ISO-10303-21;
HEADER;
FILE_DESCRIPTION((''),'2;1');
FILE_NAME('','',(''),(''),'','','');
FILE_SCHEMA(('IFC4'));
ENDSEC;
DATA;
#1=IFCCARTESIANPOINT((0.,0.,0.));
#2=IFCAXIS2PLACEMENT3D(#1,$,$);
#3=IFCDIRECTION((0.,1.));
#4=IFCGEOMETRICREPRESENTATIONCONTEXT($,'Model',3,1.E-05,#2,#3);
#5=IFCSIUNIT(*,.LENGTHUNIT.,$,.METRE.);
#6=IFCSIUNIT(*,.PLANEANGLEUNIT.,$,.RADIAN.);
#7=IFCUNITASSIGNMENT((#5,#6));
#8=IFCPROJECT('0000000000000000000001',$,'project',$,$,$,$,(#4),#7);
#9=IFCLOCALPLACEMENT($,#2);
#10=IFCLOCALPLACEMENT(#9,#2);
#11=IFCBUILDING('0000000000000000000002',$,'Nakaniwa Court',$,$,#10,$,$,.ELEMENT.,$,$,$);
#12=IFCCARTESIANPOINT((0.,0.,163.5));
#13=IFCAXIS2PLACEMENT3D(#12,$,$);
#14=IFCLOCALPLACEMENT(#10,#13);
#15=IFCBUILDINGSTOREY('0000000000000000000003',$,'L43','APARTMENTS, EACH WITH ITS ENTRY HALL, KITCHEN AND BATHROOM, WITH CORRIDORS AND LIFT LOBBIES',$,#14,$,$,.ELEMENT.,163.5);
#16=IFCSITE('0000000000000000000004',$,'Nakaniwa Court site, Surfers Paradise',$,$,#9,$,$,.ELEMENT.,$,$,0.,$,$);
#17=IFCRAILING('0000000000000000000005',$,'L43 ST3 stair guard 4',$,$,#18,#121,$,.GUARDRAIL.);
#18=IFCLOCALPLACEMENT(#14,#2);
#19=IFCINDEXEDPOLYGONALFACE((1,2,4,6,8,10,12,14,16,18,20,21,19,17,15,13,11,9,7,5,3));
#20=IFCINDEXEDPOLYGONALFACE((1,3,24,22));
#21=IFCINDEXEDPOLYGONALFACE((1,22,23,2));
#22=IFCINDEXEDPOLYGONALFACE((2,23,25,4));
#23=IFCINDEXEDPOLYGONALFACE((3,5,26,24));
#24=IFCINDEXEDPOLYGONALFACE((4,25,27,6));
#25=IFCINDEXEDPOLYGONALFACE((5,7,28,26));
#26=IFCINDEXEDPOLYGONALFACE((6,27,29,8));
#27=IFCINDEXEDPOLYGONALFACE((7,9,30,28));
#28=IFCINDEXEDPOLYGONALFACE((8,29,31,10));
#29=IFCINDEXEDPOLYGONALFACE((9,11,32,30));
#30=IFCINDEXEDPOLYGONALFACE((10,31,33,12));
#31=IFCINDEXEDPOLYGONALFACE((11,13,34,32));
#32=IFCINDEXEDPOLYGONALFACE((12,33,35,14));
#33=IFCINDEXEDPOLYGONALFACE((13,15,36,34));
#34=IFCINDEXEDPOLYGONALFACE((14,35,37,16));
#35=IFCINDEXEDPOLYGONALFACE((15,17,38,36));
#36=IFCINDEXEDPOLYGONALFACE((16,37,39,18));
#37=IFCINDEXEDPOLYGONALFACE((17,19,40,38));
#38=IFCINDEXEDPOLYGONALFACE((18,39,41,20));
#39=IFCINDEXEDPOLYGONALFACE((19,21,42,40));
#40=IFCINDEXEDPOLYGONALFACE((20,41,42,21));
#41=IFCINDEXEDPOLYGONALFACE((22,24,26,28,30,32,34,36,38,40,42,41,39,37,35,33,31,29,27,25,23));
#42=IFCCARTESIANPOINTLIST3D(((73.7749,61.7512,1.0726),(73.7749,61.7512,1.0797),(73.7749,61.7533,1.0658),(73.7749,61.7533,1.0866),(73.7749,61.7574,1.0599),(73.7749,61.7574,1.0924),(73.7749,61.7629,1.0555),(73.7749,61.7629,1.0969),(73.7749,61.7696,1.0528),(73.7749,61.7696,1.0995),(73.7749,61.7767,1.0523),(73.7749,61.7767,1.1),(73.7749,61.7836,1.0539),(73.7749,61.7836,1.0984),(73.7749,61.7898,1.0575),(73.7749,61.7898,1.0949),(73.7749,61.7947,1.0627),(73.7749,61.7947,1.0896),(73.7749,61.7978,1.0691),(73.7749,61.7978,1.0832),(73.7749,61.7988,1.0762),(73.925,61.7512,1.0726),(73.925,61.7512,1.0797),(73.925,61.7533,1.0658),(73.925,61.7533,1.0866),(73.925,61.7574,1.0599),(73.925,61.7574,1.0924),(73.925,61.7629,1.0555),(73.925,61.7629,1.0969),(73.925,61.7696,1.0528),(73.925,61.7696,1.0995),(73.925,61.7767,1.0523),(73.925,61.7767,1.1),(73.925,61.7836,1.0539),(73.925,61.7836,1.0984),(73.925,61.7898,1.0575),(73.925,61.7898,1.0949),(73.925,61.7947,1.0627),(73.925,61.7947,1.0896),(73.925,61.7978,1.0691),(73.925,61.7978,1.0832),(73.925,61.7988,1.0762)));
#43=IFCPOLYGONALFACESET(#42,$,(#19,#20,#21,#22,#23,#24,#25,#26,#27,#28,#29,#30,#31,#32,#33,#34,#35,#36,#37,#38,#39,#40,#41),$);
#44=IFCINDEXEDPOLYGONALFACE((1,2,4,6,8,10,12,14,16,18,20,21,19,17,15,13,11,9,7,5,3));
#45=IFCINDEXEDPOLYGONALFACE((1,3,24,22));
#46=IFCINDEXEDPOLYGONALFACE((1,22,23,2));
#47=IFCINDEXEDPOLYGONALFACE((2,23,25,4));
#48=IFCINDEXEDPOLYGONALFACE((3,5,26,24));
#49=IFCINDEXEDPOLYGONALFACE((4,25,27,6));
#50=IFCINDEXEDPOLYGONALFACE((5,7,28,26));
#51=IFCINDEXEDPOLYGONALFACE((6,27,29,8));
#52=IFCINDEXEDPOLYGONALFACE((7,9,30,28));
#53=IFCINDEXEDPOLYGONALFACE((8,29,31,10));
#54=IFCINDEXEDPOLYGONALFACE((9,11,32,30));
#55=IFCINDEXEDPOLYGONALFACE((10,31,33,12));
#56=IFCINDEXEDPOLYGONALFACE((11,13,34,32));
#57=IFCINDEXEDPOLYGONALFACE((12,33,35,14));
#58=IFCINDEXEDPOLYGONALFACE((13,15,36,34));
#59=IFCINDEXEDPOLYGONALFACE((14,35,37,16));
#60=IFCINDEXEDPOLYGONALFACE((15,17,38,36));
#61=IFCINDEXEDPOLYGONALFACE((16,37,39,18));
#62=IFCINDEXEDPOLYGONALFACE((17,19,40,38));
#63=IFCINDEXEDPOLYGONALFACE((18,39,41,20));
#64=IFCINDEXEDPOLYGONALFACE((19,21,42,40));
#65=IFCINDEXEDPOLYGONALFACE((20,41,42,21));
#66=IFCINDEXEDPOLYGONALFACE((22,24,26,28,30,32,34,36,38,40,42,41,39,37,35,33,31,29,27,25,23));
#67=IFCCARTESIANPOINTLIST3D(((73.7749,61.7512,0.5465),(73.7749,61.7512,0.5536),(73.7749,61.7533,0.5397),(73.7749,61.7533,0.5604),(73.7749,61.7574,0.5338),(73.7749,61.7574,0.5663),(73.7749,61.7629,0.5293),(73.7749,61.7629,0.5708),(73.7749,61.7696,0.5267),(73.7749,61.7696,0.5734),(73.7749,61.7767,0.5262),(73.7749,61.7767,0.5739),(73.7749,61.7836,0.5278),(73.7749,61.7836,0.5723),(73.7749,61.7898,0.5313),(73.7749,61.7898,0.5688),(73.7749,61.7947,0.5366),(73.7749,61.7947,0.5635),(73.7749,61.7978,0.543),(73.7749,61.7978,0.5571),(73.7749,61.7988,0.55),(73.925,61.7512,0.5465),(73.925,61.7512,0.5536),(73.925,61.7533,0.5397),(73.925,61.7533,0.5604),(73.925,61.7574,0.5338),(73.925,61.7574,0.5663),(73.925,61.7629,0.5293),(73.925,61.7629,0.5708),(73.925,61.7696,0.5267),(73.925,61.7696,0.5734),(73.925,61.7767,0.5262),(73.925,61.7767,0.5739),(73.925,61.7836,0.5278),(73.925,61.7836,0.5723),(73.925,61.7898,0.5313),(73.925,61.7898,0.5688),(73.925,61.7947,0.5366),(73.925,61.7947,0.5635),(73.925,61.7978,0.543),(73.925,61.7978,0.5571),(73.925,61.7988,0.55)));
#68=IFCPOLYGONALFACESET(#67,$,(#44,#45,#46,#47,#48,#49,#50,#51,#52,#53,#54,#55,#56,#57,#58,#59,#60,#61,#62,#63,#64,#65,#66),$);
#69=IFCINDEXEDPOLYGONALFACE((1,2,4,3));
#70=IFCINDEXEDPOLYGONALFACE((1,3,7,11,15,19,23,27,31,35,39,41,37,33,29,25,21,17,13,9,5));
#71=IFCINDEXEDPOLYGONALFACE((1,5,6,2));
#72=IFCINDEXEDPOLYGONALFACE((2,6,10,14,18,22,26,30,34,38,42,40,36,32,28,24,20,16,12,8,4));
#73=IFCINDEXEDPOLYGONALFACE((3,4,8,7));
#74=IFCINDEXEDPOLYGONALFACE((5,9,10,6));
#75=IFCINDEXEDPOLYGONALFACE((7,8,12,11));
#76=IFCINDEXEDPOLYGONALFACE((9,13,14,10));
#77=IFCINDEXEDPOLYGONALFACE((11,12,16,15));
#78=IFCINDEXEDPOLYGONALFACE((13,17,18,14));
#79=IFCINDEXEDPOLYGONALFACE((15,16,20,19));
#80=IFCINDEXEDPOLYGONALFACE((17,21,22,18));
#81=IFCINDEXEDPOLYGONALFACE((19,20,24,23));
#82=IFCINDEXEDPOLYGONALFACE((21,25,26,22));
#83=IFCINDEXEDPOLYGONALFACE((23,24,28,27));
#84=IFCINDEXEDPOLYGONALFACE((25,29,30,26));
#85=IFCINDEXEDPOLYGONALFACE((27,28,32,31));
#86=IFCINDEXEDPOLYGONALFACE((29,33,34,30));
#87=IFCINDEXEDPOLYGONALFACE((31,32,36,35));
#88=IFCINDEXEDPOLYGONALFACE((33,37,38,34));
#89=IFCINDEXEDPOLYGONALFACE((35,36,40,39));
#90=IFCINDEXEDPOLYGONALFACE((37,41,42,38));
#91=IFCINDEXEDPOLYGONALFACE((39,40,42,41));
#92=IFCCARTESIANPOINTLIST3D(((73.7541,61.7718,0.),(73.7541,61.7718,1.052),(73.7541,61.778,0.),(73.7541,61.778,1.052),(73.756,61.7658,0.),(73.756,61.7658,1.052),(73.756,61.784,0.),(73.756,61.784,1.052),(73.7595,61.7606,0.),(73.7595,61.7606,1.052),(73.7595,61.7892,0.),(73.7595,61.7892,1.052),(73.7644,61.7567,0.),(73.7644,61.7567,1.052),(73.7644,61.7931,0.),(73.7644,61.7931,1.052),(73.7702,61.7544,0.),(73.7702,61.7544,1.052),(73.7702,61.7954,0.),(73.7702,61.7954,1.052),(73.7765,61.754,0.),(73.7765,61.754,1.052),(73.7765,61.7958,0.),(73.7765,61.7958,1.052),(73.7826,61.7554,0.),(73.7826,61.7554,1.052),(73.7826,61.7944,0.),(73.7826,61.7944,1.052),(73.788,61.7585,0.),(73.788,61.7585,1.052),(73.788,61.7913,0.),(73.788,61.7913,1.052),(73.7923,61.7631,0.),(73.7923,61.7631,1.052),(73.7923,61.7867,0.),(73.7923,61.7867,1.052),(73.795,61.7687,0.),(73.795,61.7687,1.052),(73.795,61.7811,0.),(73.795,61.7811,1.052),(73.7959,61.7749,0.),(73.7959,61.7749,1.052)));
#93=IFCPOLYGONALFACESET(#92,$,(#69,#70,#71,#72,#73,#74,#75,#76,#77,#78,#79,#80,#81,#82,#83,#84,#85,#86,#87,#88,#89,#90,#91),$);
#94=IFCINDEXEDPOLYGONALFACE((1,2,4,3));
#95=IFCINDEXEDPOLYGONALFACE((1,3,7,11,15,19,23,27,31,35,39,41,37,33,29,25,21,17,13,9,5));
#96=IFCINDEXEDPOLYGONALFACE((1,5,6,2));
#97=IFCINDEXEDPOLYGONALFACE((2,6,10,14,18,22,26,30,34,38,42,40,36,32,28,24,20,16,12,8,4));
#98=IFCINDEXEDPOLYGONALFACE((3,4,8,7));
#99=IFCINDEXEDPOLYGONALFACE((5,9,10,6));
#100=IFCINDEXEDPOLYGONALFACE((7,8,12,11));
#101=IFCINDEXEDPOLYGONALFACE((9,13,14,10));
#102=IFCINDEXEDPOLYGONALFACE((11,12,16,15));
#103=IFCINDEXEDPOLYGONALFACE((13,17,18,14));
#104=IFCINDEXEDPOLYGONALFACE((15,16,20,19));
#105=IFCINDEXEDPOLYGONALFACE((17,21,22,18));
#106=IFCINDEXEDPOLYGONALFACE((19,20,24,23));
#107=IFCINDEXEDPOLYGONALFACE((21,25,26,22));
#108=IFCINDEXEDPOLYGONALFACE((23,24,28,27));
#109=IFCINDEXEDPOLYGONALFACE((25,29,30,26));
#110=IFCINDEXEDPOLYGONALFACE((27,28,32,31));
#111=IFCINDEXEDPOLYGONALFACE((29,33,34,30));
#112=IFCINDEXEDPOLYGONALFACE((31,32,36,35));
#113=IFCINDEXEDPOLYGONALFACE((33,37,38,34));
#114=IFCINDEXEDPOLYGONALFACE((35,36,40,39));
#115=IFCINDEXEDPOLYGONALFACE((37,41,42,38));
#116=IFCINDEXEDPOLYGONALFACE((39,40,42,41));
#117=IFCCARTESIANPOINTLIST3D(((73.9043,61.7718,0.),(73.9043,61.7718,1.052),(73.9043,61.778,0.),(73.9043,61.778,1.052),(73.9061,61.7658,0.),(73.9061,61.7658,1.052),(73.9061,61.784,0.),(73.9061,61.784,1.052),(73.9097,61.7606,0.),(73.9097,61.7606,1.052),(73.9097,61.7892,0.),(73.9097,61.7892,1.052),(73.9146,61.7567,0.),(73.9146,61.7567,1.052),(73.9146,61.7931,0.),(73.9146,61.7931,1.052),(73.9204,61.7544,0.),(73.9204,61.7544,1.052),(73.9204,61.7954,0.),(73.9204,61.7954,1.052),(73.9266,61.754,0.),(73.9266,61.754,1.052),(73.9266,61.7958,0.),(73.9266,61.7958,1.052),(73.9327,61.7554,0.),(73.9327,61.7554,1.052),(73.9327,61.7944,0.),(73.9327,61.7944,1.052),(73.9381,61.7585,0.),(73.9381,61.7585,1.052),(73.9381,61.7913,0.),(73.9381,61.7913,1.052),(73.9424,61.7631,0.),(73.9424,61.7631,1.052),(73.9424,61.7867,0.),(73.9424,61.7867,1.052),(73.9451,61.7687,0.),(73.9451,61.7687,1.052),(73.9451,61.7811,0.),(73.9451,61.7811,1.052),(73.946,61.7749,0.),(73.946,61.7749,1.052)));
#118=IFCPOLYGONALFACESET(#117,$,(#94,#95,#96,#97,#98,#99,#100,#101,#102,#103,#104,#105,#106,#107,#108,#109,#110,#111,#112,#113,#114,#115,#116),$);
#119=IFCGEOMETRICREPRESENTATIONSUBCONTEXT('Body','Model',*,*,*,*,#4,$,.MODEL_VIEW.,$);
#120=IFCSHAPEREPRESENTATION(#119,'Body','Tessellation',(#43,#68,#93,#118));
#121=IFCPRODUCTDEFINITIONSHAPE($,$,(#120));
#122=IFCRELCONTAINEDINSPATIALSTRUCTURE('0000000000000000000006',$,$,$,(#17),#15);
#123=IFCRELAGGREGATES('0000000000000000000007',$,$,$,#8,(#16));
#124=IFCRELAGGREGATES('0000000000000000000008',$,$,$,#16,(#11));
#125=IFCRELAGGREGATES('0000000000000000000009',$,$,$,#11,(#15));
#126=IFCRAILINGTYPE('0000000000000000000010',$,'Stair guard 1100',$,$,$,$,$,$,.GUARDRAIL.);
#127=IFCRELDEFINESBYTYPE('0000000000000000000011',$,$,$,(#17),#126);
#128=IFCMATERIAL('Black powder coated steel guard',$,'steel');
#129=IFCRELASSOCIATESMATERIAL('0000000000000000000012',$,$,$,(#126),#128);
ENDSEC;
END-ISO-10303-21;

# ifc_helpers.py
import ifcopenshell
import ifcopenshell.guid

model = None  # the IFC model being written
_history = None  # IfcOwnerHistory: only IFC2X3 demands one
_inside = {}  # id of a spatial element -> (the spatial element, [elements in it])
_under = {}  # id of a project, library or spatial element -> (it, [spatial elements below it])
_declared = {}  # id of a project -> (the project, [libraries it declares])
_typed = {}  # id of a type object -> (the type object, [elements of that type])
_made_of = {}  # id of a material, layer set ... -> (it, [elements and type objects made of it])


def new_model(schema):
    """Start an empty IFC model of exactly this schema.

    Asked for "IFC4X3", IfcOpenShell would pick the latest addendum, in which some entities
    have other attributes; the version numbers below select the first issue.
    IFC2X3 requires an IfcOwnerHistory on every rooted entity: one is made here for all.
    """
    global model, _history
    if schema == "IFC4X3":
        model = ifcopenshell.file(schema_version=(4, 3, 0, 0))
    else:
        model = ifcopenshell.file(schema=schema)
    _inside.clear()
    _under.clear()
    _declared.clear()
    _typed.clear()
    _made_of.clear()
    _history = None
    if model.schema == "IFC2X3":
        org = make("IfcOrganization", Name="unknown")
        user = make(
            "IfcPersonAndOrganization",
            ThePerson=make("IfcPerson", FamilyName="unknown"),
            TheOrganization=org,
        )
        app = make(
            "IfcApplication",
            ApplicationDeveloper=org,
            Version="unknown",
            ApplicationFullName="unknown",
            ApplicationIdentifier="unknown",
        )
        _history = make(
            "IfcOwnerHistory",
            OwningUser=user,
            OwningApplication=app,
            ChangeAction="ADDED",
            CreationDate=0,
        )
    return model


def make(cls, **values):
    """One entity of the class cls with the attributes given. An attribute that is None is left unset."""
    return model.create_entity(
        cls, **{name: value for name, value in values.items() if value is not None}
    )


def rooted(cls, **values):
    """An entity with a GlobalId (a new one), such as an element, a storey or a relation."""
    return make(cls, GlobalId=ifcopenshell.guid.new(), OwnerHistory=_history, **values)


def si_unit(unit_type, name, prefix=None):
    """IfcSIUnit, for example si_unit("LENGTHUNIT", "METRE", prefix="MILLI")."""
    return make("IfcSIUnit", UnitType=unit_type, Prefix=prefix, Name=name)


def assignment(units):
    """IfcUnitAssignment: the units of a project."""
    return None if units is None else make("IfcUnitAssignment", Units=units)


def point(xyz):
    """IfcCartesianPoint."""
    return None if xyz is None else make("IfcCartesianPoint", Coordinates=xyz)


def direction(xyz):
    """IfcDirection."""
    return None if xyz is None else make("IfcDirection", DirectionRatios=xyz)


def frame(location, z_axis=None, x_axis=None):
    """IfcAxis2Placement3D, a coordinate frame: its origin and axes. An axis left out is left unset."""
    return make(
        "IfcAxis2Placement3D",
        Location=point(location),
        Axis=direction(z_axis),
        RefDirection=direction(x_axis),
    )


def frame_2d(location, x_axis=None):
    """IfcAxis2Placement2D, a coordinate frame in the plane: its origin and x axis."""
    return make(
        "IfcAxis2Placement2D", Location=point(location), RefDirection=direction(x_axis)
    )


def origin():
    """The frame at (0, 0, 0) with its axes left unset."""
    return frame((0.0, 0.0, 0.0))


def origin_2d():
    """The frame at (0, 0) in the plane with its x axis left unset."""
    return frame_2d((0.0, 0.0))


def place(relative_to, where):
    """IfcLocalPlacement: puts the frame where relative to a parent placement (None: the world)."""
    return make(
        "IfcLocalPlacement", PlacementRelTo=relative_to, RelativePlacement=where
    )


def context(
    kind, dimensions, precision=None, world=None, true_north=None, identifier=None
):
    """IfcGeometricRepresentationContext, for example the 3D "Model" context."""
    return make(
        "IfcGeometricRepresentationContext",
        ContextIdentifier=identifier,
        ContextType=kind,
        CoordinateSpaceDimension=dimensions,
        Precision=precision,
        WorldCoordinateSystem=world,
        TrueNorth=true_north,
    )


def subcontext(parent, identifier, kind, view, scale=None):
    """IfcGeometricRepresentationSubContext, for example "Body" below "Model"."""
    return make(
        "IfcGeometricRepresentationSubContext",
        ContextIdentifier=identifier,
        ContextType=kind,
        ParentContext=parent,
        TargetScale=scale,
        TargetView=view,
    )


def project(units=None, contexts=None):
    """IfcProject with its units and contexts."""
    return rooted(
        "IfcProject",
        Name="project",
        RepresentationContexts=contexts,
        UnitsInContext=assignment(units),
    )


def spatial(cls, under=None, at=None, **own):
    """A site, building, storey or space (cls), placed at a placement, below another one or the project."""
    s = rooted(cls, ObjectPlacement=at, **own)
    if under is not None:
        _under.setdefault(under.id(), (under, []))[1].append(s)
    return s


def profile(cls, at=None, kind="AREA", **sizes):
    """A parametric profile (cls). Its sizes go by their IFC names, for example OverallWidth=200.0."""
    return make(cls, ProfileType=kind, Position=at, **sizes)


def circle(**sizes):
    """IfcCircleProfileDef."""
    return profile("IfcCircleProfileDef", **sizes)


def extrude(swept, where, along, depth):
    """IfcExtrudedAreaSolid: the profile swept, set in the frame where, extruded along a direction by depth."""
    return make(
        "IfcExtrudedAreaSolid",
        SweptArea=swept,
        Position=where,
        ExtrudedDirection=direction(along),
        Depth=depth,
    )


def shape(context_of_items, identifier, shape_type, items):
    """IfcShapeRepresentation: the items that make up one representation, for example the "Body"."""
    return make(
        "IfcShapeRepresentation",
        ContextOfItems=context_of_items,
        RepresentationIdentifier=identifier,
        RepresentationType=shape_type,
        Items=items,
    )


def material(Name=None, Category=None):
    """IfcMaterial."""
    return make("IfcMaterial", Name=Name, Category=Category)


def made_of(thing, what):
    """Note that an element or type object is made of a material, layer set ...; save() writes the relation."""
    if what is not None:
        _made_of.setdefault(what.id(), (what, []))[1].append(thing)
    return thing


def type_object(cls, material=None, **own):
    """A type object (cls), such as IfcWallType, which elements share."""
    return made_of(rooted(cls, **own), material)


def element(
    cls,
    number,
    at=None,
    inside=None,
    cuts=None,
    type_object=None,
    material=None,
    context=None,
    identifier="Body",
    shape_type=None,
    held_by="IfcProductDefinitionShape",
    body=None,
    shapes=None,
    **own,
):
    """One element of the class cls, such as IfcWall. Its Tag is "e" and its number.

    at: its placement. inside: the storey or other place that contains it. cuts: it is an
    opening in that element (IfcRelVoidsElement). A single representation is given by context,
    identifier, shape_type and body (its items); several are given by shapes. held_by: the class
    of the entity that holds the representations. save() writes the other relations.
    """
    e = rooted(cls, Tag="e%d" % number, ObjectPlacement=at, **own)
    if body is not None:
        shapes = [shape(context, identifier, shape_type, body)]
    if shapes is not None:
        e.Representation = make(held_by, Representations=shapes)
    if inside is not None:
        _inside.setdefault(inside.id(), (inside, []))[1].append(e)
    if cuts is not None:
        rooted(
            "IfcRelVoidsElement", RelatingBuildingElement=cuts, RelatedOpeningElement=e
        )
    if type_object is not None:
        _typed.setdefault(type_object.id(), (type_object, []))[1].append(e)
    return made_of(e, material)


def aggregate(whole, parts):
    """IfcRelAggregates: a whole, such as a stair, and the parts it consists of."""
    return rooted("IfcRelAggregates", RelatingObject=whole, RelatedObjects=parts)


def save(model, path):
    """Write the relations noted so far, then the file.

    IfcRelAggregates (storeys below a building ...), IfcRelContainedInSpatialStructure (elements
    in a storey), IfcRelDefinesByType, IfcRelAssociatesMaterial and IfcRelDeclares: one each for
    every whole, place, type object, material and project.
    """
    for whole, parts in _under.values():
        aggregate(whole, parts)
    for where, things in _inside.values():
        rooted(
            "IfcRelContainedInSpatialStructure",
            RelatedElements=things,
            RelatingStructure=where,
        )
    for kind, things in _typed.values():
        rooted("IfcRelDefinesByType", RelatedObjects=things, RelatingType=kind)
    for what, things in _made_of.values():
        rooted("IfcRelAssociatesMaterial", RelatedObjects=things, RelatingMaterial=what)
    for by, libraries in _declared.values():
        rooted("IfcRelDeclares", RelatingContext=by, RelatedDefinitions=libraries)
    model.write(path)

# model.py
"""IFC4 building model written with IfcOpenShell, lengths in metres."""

from ifc_helpers import new_model, si_unit, direction, frame, origin, origin_2d, place, context, subcontext, project, spatial, circle, extrude, material, type_object, element, save


model = new_model("IFC4")

# Units and contexts
model_context = context("Model", 3, precision=1e-05, world=origin(), true_north=direction((0.0, 1.0)))
body_context = subcontext(model_context, "Body", "Model", "MODEL_VIEW")
ifc_project = project(units=[si_unit("LENGTHUNIT", "METRE"), si_unit("PLANEANGLEUNIT", "RADIAN")], contexts=[model_context])

# Site, building, storey
site_placement = place(None, origin())
site = spatial("IfcSite", under=ifc_project, at=site_placement, Name="Nakaniwa Court site, Surfers Paradise", CompositionType="ELEMENT", RefElevation=0.0)
building_placement = place(site_placement, origin())
building = spatial("IfcBuilding", under=site, at=building_placement, Name="Nakaniwa Court", CompositionType="ELEMENT")
storey_placement = place(building_placement, frame((0.0, 0.0, 163.5)))
storey = spatial("IfcBuildingStorey", under=building, at=storey_placement, Name="L43", Description="APARTMENTS, EACH WITH ITS ENTRY HALL, KITCHEN AND BATHROOM, WITH CORRIDORS AND LIFT LOBBIES", CompositionType="ELEMENT", Elevation=163.5)

# Railing
ifc_material_1 = material(Name="Black powder coated steel guard", Category="steel")
railing_type_1 = type_object("IfcRailingType", Name="Stair guard 1100", PredefinedType="GUARDRAIL", material=ifc_material_1)
railing_1_placement = place(storey_placement, frame((73.7749, 61.7749, 0.0)))
element("IfcRailing", 1, at=railing_1_placement, inside=storey, type_object=railing_type_1, Name="L43 ST3 stair guard 4", PredefinedType="GUARDRAIL", context=body_context, shape_type="SweptSolid", body=[
    extrude(circle(Radius=0.0239, at=origin_2d()), frame((0.0, 0.0, 1.0762), z_axis=(1.0, 0.0, 0.0), x_axis=(0.0, 1.0, 0.0)), (0.0, 0.0, 1.0), 0.1501),
    extrude(circle(Radius=0.0239, at=origin_2d()), frame((0.0, 0.0, 0.55), z_axis=(1.0, 0.0, 0.0), x_axis=(0.0, 1.0, 0.0)), (0.0, 0.0, 1.0), 0.1501),
    extrude(circle(Radius=0.021, at=origin_2d()), origin(), (0.0, 0.0, 1.0), 1.052),
    extrude(circle(Radius=0.021, at=origin_2d()), frame((0.1501, 0.0, 0.0)), (0.0, 0.0, 1.0), 1.052),
])

save(model, "model.ifc")
